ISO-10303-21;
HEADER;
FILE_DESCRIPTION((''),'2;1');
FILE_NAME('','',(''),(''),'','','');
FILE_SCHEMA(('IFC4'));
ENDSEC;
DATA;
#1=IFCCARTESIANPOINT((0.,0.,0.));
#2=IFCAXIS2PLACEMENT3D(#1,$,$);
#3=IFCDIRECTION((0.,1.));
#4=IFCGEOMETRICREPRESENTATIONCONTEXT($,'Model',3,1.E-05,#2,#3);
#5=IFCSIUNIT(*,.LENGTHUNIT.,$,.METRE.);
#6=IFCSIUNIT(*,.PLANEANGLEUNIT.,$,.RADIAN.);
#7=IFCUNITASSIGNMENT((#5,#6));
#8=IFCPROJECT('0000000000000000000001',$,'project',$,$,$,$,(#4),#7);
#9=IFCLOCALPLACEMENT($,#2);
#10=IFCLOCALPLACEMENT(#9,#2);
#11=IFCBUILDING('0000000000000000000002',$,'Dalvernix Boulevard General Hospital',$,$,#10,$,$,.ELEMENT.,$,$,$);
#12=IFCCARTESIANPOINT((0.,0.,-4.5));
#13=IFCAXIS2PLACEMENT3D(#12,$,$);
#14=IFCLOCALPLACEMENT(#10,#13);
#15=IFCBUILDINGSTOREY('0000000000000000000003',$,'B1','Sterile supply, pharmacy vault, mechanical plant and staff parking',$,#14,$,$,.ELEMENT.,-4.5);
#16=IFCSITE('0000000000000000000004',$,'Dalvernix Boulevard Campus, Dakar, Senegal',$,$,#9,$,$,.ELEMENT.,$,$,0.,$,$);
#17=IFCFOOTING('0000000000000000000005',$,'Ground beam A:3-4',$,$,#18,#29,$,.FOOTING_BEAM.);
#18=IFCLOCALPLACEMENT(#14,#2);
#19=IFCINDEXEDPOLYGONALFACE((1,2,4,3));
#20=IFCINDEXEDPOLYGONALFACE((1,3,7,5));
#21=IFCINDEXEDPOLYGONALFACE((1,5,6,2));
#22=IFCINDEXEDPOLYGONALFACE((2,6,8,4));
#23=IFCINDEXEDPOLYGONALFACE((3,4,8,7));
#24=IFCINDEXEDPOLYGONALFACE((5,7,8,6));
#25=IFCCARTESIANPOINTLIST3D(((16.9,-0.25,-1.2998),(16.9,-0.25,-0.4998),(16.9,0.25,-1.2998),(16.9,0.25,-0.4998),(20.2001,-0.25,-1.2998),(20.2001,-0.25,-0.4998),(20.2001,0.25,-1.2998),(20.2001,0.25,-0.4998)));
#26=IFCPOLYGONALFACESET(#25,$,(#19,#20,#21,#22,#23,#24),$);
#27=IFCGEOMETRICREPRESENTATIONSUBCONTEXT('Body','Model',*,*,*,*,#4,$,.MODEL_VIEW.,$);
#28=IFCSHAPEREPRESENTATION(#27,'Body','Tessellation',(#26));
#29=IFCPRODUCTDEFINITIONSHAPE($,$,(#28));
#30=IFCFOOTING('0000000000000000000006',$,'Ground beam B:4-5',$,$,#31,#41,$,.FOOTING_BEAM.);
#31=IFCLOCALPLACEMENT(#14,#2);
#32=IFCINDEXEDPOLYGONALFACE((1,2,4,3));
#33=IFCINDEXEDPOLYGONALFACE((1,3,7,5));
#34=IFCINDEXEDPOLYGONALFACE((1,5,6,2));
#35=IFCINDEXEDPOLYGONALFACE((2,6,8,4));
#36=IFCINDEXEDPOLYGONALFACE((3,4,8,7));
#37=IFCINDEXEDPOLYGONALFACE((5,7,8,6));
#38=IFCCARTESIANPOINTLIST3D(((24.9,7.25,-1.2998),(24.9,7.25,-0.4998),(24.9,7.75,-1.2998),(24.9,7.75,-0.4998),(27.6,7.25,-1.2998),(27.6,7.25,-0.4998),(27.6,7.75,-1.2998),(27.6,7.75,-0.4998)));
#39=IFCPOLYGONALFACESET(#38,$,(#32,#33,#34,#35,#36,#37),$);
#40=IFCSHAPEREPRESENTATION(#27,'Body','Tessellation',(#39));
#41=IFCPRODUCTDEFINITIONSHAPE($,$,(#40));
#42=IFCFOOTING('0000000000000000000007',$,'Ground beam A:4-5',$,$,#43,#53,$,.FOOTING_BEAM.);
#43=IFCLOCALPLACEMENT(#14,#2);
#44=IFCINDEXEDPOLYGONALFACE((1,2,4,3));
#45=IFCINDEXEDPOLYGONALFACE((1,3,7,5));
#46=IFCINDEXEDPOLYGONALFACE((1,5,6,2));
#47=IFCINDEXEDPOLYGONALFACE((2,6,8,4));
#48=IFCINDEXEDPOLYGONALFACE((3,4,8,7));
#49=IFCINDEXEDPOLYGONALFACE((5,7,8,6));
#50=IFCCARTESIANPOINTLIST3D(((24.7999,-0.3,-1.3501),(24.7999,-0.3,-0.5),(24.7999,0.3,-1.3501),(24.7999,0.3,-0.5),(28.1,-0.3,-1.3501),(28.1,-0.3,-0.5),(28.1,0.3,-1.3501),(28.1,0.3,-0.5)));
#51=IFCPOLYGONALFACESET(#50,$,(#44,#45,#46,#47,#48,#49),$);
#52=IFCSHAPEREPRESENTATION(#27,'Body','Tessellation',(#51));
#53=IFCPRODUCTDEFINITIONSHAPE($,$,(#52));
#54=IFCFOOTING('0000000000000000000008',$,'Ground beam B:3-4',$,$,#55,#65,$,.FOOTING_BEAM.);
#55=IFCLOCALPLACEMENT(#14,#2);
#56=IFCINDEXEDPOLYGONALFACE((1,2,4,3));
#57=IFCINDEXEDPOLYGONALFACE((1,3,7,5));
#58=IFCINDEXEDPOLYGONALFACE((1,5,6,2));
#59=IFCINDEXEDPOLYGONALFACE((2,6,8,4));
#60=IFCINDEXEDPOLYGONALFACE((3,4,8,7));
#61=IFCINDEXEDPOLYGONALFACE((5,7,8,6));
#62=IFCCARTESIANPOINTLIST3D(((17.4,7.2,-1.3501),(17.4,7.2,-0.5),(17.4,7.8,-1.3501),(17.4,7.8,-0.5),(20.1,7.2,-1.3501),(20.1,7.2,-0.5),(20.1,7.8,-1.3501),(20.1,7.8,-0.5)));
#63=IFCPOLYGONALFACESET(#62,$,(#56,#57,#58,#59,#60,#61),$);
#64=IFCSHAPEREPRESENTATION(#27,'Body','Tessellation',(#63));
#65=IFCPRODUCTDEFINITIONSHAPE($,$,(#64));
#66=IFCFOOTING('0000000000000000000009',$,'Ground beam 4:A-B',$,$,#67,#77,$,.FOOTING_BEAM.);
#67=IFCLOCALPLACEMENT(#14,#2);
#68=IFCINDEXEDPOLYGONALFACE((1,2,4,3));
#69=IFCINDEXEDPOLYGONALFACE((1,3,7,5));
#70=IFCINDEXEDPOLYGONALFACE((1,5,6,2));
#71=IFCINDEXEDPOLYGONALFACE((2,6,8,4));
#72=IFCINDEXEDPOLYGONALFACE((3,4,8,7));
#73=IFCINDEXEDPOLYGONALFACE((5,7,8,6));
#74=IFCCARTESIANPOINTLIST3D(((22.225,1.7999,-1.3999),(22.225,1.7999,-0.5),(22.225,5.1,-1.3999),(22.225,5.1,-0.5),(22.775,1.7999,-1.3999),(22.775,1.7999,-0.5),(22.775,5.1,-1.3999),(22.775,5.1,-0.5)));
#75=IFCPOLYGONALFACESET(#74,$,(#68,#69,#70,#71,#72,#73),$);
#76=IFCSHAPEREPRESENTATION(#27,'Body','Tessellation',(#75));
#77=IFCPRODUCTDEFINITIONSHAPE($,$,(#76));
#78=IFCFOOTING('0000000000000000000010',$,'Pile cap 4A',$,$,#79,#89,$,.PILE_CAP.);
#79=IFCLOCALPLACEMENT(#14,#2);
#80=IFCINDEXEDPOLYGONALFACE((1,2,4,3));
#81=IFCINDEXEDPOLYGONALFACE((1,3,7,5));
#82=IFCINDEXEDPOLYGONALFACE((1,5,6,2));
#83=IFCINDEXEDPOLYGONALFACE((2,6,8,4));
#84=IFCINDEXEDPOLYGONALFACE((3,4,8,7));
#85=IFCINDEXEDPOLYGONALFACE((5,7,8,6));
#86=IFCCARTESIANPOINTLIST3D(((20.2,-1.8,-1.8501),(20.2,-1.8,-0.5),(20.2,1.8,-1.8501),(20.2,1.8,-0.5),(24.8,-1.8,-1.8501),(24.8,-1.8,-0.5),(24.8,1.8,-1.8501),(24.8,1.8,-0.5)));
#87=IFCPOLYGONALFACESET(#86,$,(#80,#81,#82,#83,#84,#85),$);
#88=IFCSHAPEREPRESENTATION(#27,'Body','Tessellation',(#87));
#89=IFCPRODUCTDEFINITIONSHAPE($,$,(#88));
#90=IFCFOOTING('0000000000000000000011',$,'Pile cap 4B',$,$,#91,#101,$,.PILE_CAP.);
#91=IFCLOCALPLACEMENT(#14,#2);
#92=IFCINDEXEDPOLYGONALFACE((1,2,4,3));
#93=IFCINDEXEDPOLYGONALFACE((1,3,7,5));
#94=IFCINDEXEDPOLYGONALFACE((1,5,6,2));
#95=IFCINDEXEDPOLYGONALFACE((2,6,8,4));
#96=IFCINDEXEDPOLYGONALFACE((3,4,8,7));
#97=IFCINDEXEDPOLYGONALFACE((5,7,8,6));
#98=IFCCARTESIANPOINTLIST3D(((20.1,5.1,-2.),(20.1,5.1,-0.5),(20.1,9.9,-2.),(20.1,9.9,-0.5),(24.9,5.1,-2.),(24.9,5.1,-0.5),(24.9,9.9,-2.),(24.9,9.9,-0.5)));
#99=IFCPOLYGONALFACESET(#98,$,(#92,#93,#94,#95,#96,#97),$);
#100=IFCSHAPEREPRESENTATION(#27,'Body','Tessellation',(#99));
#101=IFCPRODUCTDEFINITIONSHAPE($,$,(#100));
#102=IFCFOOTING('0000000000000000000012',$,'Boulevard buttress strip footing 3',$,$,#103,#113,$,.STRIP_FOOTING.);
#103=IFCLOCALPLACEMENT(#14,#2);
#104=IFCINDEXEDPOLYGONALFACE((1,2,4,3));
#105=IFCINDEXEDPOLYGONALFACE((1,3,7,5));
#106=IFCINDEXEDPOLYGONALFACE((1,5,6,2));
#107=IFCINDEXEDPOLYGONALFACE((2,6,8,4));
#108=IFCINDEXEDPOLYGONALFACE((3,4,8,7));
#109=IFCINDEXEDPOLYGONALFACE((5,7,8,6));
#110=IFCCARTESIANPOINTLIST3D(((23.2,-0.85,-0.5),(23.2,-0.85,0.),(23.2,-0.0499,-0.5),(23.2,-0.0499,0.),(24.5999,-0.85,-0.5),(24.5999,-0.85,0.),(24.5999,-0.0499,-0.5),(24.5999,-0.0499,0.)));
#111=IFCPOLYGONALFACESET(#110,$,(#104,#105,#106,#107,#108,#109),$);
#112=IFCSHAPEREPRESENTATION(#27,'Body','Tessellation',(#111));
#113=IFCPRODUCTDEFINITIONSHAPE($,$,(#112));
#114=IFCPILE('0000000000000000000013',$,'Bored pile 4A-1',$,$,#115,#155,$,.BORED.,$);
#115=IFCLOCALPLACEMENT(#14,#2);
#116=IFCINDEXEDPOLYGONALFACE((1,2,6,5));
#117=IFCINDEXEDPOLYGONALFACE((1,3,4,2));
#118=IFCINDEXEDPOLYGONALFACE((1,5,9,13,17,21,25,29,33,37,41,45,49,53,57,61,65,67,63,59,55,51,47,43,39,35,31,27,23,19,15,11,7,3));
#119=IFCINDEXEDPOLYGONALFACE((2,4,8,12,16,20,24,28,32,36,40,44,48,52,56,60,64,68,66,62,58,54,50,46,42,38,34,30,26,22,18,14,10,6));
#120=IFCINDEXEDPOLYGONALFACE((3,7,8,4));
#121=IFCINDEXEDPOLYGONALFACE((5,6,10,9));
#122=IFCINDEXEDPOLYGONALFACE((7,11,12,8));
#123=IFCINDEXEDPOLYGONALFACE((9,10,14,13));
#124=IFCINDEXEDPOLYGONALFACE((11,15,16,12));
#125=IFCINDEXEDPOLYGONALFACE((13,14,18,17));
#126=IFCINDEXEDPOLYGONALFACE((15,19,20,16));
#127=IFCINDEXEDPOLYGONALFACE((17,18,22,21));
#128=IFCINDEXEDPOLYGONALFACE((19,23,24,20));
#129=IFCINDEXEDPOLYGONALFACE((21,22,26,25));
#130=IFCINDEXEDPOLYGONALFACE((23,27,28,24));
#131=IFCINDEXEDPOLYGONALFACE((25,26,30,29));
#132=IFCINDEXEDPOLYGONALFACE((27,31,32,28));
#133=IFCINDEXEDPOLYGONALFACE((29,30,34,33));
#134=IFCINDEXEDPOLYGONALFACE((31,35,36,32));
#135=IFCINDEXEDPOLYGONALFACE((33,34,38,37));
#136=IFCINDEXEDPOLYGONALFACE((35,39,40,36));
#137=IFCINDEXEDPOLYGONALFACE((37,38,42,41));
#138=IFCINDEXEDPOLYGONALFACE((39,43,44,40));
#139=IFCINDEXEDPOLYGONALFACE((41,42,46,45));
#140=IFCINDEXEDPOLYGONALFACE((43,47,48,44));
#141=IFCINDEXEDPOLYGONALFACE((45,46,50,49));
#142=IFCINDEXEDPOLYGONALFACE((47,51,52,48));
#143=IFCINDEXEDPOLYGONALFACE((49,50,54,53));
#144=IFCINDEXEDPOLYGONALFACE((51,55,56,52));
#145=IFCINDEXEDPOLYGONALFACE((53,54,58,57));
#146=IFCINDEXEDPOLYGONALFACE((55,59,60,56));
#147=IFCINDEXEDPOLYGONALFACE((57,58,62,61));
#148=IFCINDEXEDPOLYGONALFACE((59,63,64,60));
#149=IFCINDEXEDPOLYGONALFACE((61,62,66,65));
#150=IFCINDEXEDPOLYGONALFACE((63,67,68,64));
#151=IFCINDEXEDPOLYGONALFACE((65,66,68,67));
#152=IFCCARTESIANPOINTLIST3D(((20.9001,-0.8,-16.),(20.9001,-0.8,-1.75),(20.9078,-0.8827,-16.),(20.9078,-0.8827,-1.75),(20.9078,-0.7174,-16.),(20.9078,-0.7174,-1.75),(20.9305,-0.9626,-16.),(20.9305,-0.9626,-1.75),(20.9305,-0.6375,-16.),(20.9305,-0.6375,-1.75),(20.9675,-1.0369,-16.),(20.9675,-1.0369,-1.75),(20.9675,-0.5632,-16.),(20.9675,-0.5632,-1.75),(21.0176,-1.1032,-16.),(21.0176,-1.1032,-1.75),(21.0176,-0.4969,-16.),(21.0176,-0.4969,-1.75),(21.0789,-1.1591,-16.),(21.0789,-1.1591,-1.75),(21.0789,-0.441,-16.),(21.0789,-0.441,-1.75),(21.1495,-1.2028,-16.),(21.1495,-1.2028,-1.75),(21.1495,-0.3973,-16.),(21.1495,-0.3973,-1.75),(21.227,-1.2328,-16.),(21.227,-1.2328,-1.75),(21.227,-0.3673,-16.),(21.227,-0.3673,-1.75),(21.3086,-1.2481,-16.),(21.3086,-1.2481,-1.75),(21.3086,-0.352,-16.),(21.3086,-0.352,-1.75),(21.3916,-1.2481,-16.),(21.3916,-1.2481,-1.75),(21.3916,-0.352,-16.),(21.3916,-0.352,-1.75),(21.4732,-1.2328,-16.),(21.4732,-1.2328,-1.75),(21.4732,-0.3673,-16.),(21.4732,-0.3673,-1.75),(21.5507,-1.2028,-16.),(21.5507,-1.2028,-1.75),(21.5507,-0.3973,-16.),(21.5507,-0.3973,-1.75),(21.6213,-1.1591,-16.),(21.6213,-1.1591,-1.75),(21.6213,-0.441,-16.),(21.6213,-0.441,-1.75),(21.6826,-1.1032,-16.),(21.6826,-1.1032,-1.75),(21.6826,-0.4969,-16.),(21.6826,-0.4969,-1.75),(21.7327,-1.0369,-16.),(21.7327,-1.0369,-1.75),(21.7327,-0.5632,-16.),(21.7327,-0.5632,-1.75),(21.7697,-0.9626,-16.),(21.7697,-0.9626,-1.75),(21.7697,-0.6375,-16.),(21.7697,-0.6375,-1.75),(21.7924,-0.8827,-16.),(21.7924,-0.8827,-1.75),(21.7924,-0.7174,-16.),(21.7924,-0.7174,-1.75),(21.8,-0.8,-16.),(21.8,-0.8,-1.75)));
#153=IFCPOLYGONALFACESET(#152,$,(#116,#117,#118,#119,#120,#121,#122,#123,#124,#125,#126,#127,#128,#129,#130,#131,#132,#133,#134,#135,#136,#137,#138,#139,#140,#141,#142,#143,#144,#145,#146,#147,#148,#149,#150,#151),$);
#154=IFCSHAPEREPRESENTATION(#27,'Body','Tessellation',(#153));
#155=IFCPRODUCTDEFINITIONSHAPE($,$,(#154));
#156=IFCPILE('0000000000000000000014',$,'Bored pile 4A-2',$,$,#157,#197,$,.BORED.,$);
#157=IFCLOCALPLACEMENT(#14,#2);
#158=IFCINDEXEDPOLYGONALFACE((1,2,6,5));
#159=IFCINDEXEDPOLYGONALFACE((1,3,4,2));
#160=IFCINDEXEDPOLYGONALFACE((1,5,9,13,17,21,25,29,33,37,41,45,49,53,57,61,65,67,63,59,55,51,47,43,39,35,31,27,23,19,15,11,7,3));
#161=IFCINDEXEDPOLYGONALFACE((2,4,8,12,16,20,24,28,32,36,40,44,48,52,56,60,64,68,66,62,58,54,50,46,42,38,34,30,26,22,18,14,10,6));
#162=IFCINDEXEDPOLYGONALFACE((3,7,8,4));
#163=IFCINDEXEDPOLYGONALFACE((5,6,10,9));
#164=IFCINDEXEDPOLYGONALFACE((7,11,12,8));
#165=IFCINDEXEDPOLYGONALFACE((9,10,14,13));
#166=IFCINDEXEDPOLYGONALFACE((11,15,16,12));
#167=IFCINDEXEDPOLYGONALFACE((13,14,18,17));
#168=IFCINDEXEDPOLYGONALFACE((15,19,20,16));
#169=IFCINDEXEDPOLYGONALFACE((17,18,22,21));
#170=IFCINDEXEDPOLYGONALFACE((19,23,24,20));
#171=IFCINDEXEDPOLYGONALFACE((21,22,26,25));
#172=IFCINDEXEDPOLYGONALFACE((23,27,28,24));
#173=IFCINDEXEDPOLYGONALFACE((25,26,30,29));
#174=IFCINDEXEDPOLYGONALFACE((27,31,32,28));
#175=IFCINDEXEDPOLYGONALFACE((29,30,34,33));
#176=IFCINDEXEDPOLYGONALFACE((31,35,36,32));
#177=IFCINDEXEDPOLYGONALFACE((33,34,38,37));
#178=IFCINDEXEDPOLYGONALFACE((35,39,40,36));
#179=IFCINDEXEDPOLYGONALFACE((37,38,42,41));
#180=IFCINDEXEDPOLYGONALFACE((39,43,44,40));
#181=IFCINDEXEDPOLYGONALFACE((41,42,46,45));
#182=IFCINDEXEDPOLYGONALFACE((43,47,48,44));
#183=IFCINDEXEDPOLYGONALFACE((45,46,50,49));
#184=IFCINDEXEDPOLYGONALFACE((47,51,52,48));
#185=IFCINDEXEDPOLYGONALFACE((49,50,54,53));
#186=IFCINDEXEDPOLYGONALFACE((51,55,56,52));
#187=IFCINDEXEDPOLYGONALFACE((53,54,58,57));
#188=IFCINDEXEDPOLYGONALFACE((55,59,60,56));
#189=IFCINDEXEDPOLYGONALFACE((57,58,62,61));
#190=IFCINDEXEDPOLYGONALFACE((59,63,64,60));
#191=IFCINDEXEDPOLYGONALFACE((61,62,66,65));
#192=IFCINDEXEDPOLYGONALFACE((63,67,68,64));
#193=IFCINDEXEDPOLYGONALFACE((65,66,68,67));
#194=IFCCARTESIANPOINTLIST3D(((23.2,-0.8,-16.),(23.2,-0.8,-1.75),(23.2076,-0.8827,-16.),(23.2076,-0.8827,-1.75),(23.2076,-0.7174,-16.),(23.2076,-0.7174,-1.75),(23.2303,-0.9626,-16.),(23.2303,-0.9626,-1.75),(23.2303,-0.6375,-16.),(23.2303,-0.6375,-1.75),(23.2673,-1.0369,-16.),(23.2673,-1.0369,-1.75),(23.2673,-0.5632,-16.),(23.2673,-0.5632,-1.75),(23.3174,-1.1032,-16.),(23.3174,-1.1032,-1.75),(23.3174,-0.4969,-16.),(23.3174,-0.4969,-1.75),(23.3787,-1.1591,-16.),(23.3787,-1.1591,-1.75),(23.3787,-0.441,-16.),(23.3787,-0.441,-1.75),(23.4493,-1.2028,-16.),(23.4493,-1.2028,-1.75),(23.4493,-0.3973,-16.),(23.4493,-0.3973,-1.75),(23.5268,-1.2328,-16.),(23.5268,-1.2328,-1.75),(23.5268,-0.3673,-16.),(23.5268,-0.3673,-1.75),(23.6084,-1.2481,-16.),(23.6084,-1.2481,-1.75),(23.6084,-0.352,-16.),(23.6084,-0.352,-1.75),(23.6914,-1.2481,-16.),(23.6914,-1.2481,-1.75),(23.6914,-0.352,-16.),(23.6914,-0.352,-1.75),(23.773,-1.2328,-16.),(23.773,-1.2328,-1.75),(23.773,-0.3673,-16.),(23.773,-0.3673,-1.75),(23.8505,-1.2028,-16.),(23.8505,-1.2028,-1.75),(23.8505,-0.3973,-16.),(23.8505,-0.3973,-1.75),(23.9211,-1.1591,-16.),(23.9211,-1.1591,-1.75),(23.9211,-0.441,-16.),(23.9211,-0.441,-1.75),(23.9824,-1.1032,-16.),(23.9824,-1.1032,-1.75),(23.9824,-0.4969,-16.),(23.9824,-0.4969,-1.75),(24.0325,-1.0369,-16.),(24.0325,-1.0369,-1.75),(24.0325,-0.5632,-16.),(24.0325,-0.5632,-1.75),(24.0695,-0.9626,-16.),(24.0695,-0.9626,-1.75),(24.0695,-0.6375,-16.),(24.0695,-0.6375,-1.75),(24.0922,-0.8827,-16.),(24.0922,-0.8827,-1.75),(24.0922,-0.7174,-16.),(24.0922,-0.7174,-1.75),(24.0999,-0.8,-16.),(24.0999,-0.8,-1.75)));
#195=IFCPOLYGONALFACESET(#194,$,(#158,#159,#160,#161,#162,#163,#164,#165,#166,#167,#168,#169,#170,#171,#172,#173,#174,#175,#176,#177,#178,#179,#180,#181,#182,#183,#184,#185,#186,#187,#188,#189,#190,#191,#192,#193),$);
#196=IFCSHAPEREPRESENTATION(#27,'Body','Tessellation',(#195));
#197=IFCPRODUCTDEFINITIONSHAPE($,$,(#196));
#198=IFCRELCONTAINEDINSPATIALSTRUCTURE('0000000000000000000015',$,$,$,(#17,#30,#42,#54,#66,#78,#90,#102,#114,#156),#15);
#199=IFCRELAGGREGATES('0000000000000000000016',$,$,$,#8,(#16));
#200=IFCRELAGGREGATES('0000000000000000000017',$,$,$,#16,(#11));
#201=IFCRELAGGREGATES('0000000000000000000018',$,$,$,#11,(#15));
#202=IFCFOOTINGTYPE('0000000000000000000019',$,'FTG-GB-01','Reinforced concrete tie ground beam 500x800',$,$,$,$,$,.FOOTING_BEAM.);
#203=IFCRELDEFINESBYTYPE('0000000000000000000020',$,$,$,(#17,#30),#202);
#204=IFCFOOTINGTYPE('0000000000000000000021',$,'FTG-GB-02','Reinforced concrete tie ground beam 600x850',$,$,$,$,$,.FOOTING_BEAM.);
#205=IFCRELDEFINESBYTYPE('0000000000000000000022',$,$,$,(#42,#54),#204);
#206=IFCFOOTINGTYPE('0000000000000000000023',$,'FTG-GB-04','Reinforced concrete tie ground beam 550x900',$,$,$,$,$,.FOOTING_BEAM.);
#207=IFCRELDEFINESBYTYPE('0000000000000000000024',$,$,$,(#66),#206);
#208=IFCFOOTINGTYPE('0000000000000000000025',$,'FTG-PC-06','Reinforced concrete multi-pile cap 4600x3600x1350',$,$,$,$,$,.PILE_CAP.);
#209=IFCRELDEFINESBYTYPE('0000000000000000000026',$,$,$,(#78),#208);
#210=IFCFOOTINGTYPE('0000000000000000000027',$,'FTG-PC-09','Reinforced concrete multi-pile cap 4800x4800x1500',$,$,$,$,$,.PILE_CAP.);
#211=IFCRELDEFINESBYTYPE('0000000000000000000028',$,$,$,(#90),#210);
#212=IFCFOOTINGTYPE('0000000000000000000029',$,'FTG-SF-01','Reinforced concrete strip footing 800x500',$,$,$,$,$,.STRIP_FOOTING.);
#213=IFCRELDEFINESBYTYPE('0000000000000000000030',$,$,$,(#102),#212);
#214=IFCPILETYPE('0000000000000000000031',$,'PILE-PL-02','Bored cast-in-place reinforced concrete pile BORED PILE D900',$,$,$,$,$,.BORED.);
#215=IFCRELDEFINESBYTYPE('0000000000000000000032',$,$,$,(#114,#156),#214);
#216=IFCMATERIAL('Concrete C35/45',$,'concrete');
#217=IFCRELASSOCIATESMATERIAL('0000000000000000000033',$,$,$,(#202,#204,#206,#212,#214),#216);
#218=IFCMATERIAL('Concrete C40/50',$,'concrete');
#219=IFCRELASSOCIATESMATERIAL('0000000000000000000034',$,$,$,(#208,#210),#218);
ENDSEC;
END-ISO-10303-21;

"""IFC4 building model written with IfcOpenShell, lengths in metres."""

from ifc_helpers import new_model, si_unit, direction, frame, origin, origin_2d, place, context, subcontext, project, spatial, rectangle, circle, extrude, material, material_profile, profile_set, type_object, element, save


model = new_model("IFC4")

# Units and contexts
model_context = context("Model", 3, precision=1e-05, world=origin(), true_north=direction((0.0, 1.0)))
body_context = subcontext(model_context, "Body", "Model", "MODEL_VIEW")
ifc_project = project(units=[si_unit("LENGTHUNIT", "METRE"), si_unit("PLANEANGLEUNIT", "RADIAN")], contexts=[model_context])

# Site, building, storey
site_placement = place(None, origin())
site = spatial("IfcSite", under=ifc_project, at=site_placement, Name="Dalvernix Boulevard Campus, Dakar, Senegal", CompositionType="ELEMENT", RefElevation=0.0)
building_placement = place(site_placement, origin())
building = spatial("IfcBuilding", under=site, at=building_placement, Name="Dalvernix Boulevard General Hospital", CompositionType="ELEMENT")
storey_placement = place(building_placement, frame((0.0, 0.0, -4.5)))
storey = spatial("IfcBuildingStorey", under=building, at=storey_placement, Name="B1", Description="Sterile supply, pharmacy vault, mechanical plant and staff parking", CompositionType="ELEMENT", Elevation=-4.5)

# Footings
ifc_material_1 = material(Name="Concrete C35/45", Category="concrete")
footing_type_1 = type_object("IfcFootingType", Name="FTG-GB-01", Description="Reinforced concrete tie ground beam 500x800", PredefinedType="FOOTING_BEAM", material=ifc_material_1)
footing_1_placement = place(storey_placement, frame((18.55, 0.0, -1.2998), z_axis=(0.0, 0.0, 1.0), x_axis=(1.0, 0.0, 0.0)))
element("IfcFooting", 1, at=footing_1_placement, inside=storey, type_object=footing_type_1, Name="Ground beam A:3-4", PredefinedType="FOOTING_BEAM", context=body_context, shape_type="SweptSolid", body=[
    extrude(rectangle(XDim=3.3, YDim=0.5, at=origin_2d()), origin(), (0.0, 0.0, 1.0), 0.8),
])
footing_2_placement = place(storey_placement, frame((26.25, 7.5, -1.2998), z_axis=(0.0, 0.0, 1.0), x_axis=(1.0, 0.0, 0.0)))
element("IfcFooting", 2, at=footing_2_placement, inside=storey, type_object=footing_type_1, Name="Ground beam B:4-5", PredefinedType="FOOTING_BEAM", context=body_context, shape_type="SweptSolid", body=[
    extrude(rectangle(XDim=2.7, YDim=0.5, at=origin_2d()), origin(), (0.0, 0.0, 1.0), 0.8),
])
footing_type_2 = type_object("IfcFootingType", Name="FTG-GB-02", Description="Reinforced concrete tie ground beam 600x850", PredefinedType="FOOTING_BEAM", material=ifc_material_1)
footing_3_placement = place(storey_placement, frame((26.45, 0.0, -1.3501), z_axis=(0.0, 0.0, 1.0), x_axis=(1.0, 0.0, 0.0)))
element("IfcFooting", 3, at=footing_3_placement, inside=storey, type_object=footing_type_2, Name="Ground beam A:4-5", PredefinedType="FOOTING_BEAM", context=body_context, shape_type="SweptSolid", body=[
    extrude(rectangle(XDim=3.3, YDim=0.6001, at=origin_2d()), origin(), (0.0, 0.0, 1.0), 0.8501),
])
footing_4_placement = place(storey_placement, frame((18.75, 7.5, -1.3501), z_axis=(0.0, 0.0, 1.0), x_axis=(1.0, 0.0, 0.0)))
element("IfcFooting", 4, at=footing_4_placement, inside=storey, type_object=footing_type_2, Name="Ground beam B:3-4", PredefinedType="FOOTING_BEAM", context=body_context, shape_type="SweptSolid", body=[
    extrude(rectangle(XDim=2.7, YDim=0.6001, at=origin_2d()), origin(), (0.0, 0.0, 1.0), 0.8501),
])
footing_type_3 = type_object("IfcFootingType", Name="FTG-GB-04", Description="Reinforced concrete tie ground beam 550x900", PredefinedType="FOOTING_BEAM", material=ifc_material_1)
footing_5_placement = place(storey_placement, frame((22.5, 3.45, -1.3999), z_axis=(0.0, 0.0, 1.0), x_axis=(0.0, 1.0, 0.0)))
element("IfcFooting", 5, at=footing_5_placement, inside=storey, type_object=footing_type_3, Name="Ground beam 4:A-B", PredefinedType="FOOTING_BEAM", context=body_context, shape_type="SweptSolid", body=[
    extrude(rectangle(XDim=3.3, YDim=0.55, at=origin_2d()), origin(), (0.0, 0.0, 1.0), 0.8999),
])
ifc_material_2 = material(Name="Concrete C40/50", Category="concrete")
footing_type_4 = type_object("IfcFootingType", Name="FTG-PC-06", Description="Reinforced concrete multi-pile cap 4600x3600x1350", PredefinedType="PILE_CAP", material=ifc_material_2)
footing_6_placement = place(storey_placement, frame((22.5, 0.0, -1.8501), z_axis=(0.0, 0.0, 1.0), x_axis=(1.0, 0.0, 0.0)))
element("IfcFooting", 6, at=footing_6_placement, inside=storey, type_object=footing_type_4, Name="Pile cap 4A", PredefinedType="PILE_CAP", context=body_context, shape_type="SweptSolid", body=[
    extrude(rectangle(XDim=4.6001, YDim=3.6001, at=origin_2d()), origin(), (0.0, 0.0, 1.0), 1.3501),
])
footing_type_5 = type_object("IfcFootingType", Name="FTG-PC-09", Description="Reinforced concrete multi-pile cap 4800x4800x1500", PredefinedType="PILE_CAP", material=ifc_material_2)
footing_7_placement = place(storey_placement, frame((22.5, 7.5, -2.0), z_axis=(0.0, 0.0, 1.0), x_axis=(1.0, 0.0, 0.0)))
element("IfcFooting", 7, at=footing_7_placement, inside=storey, type_object=footing_type_5, Name="Pile cap 4B", PredefinedType="PILE_CAP", context=body_context, shape_type="SweptSolid", body=[
    extrude(rectangle(XDim=4.8, YDim=4.8, at=origin_2d()), origin(), (0.0, 0.0, 1.0), 1.5),
])
footing_type_6 = type_object("IfcFootingType", Name="FTG-SF-01", Description="Reinforced concrete strip footing 800x500", PredefinedType="STRIP_FOOTING", material=ifc_material_1)
footing_8_placement = place(storey_placement, frame((23.8999, -0.45, -0.5), z_axis=(0.0, 0.0, 1.0), x_axis=(1.0, 0.0, 0.0)))
element("IfcFooting", 8, at=footing_8_placement, inside=storey, type_object=footing_type_6, Name="Boulevard buttress strip footing 3", PredefinedType="STRIP_FOOTING", context=body_context, shape_type="SweptSolid", body=[
    extrude(rectangle(XDim=1.3999, YDim=0.8, at=origin_2d()), origin(), (0.0, 0.0, 1.0), 0.5),
])

# Piles
ifc_material_profile_1 = material_profile(ifc_material_1, circle(Radius=0.45, at=origin_2d()), Name="BORED PILE D900")
ifc_profile_set_1 = profile_set([ifc_material_profile_1], Name="Concrete C35/45")
pile_type_1 = type_object("IfcPileType", Name="PILE-PL-02", Description="Bored cast-in-place reinforced concrete pile BORED PILE D900", PredefinedType="BORED", material=ifc_profile_set_1)
for number, where, z_axis, x_axis, name in (
    (9, (21.3501, -0.8, -1.75), (0.0, 0.0, -1.0), (1.0, 0.0, 0.0), "Bored pile 4A-1"),
    (10, (23.6499, -0.8, -1.75), (0.0, 0.0, -1.0), (1.0, 0.0, 0.0), "Bored pile 4A-2"),
):
    element("IfcPile", number, at=place(storey_placement, frame(where, z_axis=z_axis, x_axis=x_axis)), inside=storey, type_object=pile_type_1, Name=name, PredefinedType="BORED", context=body_context, shape_type="SweptSolid", body=[
        extrude(circle(Radius=0.45, at=origin_2d()), origin(), (0.0, 0.0, 1.0), 14.25),
    ])

save(model, "model.ifc")
